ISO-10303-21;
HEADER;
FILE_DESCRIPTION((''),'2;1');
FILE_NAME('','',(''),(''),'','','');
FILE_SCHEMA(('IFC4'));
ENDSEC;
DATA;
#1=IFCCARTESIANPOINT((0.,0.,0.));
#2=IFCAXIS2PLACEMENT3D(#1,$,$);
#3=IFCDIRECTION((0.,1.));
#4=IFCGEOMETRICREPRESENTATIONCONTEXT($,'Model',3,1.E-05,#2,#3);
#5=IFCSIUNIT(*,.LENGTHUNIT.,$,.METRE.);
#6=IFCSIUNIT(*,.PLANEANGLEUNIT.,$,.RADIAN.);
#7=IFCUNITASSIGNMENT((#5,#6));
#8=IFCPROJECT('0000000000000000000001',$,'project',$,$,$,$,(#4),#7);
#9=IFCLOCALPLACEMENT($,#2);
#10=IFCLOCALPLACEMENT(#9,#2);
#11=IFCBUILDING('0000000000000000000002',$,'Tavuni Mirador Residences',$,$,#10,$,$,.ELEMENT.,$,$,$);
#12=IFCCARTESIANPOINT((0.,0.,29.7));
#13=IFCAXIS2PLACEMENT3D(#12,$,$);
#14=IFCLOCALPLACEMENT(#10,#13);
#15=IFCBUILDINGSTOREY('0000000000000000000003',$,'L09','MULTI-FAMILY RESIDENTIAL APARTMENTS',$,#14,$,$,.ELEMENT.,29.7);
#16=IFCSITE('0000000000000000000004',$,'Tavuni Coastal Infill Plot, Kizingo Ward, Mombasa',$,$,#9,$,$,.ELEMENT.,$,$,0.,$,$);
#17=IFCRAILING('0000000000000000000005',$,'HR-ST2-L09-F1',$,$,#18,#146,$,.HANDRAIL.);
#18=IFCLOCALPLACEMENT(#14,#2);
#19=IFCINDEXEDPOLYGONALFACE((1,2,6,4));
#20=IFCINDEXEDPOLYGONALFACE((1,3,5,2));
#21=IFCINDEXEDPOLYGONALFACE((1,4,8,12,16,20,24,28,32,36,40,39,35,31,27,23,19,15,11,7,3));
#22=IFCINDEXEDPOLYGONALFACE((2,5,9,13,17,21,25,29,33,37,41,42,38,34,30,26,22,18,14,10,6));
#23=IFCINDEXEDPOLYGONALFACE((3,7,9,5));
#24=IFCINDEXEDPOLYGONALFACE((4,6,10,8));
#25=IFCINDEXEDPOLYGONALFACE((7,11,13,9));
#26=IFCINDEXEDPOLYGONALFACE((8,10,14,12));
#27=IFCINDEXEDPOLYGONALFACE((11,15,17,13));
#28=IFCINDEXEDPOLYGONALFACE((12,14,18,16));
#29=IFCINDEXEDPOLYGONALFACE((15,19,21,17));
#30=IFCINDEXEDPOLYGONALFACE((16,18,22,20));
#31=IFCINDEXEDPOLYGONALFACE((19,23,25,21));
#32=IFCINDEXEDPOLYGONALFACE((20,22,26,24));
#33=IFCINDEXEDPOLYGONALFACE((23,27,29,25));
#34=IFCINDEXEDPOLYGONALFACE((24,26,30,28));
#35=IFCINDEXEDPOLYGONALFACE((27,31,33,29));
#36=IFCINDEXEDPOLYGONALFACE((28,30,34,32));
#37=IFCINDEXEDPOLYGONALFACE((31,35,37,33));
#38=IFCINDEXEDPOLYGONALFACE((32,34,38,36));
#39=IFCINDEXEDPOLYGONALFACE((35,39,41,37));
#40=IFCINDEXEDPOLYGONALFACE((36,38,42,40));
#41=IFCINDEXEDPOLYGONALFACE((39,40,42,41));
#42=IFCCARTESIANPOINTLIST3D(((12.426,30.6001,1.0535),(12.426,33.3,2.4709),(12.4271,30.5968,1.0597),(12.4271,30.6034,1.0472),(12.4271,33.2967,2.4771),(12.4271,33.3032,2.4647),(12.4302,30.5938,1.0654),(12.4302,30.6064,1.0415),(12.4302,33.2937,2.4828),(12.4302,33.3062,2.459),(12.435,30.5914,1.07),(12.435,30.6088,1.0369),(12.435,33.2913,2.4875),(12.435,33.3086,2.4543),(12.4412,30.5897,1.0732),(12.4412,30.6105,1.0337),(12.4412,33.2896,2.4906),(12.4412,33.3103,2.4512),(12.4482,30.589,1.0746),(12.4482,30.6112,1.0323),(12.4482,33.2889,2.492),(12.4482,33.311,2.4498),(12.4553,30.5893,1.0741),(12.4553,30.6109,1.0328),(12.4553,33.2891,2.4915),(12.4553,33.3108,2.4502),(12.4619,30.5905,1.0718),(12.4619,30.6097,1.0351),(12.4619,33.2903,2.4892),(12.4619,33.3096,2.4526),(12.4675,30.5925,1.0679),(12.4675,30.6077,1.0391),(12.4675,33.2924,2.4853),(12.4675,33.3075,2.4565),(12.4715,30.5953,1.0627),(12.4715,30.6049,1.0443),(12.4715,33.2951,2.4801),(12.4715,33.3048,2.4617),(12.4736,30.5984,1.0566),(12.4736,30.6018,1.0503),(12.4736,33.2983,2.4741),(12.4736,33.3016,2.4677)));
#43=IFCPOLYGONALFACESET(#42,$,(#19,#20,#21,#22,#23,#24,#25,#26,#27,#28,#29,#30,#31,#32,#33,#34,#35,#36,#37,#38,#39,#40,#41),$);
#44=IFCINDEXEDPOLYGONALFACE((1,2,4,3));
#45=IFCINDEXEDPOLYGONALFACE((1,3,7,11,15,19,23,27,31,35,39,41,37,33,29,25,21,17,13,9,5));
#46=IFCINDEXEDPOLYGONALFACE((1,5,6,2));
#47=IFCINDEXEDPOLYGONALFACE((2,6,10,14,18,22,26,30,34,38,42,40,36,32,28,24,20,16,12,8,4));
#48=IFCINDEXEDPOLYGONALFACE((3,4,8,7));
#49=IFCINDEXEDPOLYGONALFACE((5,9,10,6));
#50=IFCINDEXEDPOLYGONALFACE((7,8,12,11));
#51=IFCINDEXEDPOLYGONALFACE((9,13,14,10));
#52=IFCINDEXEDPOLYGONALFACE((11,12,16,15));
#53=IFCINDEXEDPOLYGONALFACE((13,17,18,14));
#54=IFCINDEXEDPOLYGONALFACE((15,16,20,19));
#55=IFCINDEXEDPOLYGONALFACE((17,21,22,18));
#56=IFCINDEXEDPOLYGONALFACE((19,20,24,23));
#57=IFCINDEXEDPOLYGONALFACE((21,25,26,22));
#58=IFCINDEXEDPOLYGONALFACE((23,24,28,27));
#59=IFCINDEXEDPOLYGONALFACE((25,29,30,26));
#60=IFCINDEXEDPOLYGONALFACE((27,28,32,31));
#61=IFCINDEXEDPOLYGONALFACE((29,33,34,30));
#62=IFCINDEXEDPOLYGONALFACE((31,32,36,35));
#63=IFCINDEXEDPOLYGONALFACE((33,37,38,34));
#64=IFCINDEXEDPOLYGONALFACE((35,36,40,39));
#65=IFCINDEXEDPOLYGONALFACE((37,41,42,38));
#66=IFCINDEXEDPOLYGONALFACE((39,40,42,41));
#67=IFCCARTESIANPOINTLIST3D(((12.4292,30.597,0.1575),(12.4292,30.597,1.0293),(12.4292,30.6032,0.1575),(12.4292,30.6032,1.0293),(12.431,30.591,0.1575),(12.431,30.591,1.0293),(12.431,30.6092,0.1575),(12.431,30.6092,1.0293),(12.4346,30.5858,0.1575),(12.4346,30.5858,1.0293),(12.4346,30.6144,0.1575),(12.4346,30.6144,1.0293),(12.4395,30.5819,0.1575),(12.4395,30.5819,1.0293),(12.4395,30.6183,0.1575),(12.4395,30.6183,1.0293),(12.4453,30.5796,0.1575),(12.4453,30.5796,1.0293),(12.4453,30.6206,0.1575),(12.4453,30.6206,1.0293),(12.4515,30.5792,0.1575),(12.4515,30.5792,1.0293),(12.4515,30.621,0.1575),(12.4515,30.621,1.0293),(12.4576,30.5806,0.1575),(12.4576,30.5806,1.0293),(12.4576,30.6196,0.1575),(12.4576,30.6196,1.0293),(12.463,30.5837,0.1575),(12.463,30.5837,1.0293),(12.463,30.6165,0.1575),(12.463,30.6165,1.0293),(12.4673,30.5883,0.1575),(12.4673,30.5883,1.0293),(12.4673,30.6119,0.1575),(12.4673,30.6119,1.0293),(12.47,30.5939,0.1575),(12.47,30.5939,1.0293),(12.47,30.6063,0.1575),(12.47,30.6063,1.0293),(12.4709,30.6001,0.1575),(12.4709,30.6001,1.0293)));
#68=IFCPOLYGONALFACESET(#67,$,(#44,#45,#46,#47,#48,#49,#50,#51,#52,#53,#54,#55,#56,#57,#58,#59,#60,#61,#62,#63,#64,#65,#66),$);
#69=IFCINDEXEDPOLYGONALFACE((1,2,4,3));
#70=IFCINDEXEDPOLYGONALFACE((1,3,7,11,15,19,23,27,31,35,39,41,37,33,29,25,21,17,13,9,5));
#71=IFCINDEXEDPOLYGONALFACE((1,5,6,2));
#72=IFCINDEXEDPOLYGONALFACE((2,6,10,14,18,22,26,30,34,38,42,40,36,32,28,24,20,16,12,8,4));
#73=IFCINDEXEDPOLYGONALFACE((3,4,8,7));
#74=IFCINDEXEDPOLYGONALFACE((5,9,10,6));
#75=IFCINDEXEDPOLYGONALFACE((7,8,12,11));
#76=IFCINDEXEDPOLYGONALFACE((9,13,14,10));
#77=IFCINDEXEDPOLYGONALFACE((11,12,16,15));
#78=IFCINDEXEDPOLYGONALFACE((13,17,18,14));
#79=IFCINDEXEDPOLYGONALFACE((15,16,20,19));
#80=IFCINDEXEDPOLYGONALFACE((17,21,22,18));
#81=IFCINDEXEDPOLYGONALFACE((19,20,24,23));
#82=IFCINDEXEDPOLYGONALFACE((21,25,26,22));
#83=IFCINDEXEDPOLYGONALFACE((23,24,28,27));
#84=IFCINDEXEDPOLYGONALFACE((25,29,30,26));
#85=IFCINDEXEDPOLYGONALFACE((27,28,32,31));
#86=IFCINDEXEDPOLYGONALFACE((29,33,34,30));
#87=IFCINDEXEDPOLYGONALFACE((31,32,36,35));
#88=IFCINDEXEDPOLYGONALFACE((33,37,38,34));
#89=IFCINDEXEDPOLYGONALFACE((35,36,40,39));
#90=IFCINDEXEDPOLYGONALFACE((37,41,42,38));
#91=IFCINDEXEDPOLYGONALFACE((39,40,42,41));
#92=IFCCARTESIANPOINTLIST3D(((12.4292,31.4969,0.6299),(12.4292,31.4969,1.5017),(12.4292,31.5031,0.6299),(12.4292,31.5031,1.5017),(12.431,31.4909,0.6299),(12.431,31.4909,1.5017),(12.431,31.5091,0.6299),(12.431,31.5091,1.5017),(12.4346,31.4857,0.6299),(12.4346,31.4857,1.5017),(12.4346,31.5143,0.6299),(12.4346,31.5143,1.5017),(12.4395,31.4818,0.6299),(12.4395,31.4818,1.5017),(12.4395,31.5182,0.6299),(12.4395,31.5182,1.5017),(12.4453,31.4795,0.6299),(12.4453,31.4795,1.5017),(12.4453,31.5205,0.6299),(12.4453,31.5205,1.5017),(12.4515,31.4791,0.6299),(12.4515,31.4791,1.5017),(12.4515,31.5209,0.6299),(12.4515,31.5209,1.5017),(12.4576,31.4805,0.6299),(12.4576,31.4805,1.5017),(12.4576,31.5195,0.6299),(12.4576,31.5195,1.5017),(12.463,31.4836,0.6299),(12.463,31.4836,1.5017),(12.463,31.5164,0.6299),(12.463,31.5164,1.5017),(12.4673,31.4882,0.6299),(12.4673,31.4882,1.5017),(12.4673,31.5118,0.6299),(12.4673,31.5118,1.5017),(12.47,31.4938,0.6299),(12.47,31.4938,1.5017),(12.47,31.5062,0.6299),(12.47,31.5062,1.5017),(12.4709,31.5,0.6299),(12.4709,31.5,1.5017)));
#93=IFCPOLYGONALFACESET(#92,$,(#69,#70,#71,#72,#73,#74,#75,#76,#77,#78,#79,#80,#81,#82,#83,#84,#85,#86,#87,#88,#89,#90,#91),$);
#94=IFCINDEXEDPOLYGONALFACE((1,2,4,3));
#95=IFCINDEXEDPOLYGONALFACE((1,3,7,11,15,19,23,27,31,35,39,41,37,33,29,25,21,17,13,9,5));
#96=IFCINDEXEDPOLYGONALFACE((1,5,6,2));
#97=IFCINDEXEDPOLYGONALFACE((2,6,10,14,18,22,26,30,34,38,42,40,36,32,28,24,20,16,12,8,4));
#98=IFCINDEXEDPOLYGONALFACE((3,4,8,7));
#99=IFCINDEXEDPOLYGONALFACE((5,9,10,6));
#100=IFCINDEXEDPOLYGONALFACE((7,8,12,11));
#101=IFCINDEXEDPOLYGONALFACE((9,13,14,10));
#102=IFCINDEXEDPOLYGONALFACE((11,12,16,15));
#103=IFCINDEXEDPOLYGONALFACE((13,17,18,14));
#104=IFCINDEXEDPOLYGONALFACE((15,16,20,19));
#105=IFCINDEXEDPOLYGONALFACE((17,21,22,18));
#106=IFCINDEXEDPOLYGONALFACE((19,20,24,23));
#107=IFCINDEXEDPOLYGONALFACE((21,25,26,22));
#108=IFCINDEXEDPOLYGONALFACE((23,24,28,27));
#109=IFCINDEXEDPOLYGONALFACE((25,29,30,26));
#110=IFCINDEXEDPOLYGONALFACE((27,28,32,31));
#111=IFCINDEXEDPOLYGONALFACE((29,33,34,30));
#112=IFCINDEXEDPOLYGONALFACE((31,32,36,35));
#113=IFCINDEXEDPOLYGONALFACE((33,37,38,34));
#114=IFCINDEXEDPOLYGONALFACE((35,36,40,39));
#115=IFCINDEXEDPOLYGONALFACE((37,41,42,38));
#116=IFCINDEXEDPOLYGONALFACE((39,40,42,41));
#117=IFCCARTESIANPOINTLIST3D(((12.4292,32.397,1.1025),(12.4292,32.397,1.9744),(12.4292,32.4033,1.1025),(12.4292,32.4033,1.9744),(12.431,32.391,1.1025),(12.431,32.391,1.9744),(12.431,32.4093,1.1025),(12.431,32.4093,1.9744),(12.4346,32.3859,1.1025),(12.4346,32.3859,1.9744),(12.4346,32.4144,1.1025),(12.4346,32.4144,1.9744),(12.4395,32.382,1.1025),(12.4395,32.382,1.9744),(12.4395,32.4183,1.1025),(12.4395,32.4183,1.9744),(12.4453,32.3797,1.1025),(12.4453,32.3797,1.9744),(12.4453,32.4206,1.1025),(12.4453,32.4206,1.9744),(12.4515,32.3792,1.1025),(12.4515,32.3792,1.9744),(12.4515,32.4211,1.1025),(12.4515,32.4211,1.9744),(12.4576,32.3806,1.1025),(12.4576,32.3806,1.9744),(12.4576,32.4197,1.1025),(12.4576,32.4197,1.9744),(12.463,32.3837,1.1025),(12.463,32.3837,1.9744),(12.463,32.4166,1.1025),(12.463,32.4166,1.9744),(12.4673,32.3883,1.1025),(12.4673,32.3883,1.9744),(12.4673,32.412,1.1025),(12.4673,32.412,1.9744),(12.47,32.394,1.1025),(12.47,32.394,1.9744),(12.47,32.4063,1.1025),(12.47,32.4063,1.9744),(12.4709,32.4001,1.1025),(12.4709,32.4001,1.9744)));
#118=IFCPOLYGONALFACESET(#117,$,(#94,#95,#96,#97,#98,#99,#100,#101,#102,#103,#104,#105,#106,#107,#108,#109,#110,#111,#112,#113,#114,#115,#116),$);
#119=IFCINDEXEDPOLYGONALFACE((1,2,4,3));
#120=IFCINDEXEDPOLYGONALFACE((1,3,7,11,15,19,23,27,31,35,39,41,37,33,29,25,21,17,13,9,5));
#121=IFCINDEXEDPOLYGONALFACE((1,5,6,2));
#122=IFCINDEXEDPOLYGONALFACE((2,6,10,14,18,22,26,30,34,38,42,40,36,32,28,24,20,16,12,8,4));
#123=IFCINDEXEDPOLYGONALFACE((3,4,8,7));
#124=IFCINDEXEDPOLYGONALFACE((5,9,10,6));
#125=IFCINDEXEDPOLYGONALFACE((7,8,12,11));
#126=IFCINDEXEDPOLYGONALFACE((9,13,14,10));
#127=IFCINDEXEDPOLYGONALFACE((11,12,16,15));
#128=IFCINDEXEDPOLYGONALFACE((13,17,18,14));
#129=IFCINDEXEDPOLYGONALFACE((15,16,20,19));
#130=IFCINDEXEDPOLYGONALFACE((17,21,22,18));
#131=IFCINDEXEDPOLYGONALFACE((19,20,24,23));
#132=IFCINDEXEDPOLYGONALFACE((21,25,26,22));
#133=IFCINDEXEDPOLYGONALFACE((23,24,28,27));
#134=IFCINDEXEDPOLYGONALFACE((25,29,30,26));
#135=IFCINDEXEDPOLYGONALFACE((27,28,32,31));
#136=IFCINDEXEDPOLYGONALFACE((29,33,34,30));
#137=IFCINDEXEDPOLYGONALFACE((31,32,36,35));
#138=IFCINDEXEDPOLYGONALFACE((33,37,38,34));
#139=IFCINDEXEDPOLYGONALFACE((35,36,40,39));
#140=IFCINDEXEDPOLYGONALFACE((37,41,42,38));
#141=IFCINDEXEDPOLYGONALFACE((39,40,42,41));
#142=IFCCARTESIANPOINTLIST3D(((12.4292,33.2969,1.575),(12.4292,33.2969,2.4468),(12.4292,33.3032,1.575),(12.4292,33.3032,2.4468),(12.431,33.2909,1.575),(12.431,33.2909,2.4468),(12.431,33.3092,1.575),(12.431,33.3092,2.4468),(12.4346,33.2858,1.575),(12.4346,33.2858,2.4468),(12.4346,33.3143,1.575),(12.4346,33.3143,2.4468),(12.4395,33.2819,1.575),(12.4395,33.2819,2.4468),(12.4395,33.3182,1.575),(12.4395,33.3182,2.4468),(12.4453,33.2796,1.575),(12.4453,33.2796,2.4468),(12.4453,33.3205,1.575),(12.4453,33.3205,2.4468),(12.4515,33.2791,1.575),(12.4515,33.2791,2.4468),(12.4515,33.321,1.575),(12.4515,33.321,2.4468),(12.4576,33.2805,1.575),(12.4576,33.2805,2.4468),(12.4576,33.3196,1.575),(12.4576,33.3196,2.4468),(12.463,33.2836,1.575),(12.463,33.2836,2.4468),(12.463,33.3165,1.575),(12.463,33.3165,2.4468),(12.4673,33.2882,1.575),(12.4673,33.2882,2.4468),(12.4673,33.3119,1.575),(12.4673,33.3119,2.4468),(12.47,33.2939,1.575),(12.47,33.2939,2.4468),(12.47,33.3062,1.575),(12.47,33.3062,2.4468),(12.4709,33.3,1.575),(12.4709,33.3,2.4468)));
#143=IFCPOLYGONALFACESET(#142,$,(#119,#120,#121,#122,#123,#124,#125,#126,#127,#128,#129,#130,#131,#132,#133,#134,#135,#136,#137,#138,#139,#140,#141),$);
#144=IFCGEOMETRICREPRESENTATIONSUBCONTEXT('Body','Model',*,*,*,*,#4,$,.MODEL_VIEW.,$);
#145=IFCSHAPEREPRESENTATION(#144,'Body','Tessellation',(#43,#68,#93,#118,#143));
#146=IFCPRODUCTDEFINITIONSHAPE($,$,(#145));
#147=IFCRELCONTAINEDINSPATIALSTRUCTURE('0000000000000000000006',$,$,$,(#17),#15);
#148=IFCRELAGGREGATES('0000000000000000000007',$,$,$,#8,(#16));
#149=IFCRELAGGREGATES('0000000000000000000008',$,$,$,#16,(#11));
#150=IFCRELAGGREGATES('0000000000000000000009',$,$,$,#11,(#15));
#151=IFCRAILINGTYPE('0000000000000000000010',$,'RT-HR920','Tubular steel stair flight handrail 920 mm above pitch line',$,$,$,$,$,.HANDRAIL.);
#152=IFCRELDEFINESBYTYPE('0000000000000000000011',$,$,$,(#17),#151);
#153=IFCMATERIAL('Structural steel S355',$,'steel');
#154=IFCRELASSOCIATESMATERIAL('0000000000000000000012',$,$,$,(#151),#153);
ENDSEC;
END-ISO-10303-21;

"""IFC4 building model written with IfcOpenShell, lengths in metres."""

from ifc_helpers import new_model, si_unit, direction, frame, origin, origin_2d, place, context, subcontext, project, spatial, circle, extrude, material, type_object, element, save


model = new_model("IFC4")

# Units and contexts
model_context = context("Model", 3, precision=1e-05, world=origin(), true_north=direction((0.0, 1.0)))
body_context = subcontext(model_context, "Body", "Model", "MODEL_VIEW")
ifc_project = project(units=[si_unit("LENGTHUNIT", "METRE"), si_unit("PLANEANGLEUNIT", "RADIAN")], contexts=[model_context])

# Site, building, storey
site_placement = place(None, origin())
site = spatial("IfcSite", under=ifc_project, at=site_placement, Name="Tavuni Coastal Infill Plot, Kizingo Ward, Mombasa", CompositionType="ELEMENT", RefElevation=0.0)
building_placement = place(site_placement, origin())
building = spatial("IfcBuilding", under=site, at=building_placement, Name="Tavuni Mirador Residences", CompositionType="ELEMENT")
storey_placement = place(building_placement, frame((0.0, 0.0, 29.7)))
storey = spatial("IfcBuildingStorey", under=building, at=storey_placement, Name="L09", Description="MULTI-FAMILY RESIDENTIAL APARTMENTS", CompositionType="ELEMENT", Elevation=29.7)

# Railing
ifc_material_1 = material(Name="Structural steel S355", Category="steel")
railing_type = type_object("IfcRailingType", Name="RT-HR920", Description="Tubular steel stair flight handrail 920 mm above pitch line", PredefinedType="HANDRAIL", material=ifc_material_1)
railing_1_placement = place(storey_placement, frame((12.45, 30.6001, 0.1575)))
element("IfcRailing", 1, at=railing_1_placement, inside=storey, type_object=railing_type, Name="HR-ST2-L09-F1", PredefinedType="HANDRAIL", context=body_context, shape_type="SweptSolid", body=[
    extrude(circle(Radius=0.0239, at=origin_2d()), frame((0.0, 0.0, 0.896), z_axis=(0.0, 0.885397, 0.464835), x_axis=(-1.0, 0.0, 0.0)), (0.0, 0.0, 1.0), 3.0493),
    extrude(circle(Radius=0.021, at=origin_2d()), origin(), (0.0, 0.0, 1.0), 0.8718),
    extrude(circle(Radius=0.021, at=origin_2d()), frame((0.0, 0.8999, 0.4724)), (0.0, 0.0, 1.0), 0.8718),
    extrude(circle(Radius=0.021, at=origin_2d()), frame((0.0, 1.8, 0.9451)), (0.0, 0.0, 1.0), 0.8718),
    extrude(circle(Radius=0.021, at=origin_2d()), frame((0.0, 2.7, 1.4175)), (0.0, 0.0, 1.0), 0.8718),
])

save(model, "model.ifc")
